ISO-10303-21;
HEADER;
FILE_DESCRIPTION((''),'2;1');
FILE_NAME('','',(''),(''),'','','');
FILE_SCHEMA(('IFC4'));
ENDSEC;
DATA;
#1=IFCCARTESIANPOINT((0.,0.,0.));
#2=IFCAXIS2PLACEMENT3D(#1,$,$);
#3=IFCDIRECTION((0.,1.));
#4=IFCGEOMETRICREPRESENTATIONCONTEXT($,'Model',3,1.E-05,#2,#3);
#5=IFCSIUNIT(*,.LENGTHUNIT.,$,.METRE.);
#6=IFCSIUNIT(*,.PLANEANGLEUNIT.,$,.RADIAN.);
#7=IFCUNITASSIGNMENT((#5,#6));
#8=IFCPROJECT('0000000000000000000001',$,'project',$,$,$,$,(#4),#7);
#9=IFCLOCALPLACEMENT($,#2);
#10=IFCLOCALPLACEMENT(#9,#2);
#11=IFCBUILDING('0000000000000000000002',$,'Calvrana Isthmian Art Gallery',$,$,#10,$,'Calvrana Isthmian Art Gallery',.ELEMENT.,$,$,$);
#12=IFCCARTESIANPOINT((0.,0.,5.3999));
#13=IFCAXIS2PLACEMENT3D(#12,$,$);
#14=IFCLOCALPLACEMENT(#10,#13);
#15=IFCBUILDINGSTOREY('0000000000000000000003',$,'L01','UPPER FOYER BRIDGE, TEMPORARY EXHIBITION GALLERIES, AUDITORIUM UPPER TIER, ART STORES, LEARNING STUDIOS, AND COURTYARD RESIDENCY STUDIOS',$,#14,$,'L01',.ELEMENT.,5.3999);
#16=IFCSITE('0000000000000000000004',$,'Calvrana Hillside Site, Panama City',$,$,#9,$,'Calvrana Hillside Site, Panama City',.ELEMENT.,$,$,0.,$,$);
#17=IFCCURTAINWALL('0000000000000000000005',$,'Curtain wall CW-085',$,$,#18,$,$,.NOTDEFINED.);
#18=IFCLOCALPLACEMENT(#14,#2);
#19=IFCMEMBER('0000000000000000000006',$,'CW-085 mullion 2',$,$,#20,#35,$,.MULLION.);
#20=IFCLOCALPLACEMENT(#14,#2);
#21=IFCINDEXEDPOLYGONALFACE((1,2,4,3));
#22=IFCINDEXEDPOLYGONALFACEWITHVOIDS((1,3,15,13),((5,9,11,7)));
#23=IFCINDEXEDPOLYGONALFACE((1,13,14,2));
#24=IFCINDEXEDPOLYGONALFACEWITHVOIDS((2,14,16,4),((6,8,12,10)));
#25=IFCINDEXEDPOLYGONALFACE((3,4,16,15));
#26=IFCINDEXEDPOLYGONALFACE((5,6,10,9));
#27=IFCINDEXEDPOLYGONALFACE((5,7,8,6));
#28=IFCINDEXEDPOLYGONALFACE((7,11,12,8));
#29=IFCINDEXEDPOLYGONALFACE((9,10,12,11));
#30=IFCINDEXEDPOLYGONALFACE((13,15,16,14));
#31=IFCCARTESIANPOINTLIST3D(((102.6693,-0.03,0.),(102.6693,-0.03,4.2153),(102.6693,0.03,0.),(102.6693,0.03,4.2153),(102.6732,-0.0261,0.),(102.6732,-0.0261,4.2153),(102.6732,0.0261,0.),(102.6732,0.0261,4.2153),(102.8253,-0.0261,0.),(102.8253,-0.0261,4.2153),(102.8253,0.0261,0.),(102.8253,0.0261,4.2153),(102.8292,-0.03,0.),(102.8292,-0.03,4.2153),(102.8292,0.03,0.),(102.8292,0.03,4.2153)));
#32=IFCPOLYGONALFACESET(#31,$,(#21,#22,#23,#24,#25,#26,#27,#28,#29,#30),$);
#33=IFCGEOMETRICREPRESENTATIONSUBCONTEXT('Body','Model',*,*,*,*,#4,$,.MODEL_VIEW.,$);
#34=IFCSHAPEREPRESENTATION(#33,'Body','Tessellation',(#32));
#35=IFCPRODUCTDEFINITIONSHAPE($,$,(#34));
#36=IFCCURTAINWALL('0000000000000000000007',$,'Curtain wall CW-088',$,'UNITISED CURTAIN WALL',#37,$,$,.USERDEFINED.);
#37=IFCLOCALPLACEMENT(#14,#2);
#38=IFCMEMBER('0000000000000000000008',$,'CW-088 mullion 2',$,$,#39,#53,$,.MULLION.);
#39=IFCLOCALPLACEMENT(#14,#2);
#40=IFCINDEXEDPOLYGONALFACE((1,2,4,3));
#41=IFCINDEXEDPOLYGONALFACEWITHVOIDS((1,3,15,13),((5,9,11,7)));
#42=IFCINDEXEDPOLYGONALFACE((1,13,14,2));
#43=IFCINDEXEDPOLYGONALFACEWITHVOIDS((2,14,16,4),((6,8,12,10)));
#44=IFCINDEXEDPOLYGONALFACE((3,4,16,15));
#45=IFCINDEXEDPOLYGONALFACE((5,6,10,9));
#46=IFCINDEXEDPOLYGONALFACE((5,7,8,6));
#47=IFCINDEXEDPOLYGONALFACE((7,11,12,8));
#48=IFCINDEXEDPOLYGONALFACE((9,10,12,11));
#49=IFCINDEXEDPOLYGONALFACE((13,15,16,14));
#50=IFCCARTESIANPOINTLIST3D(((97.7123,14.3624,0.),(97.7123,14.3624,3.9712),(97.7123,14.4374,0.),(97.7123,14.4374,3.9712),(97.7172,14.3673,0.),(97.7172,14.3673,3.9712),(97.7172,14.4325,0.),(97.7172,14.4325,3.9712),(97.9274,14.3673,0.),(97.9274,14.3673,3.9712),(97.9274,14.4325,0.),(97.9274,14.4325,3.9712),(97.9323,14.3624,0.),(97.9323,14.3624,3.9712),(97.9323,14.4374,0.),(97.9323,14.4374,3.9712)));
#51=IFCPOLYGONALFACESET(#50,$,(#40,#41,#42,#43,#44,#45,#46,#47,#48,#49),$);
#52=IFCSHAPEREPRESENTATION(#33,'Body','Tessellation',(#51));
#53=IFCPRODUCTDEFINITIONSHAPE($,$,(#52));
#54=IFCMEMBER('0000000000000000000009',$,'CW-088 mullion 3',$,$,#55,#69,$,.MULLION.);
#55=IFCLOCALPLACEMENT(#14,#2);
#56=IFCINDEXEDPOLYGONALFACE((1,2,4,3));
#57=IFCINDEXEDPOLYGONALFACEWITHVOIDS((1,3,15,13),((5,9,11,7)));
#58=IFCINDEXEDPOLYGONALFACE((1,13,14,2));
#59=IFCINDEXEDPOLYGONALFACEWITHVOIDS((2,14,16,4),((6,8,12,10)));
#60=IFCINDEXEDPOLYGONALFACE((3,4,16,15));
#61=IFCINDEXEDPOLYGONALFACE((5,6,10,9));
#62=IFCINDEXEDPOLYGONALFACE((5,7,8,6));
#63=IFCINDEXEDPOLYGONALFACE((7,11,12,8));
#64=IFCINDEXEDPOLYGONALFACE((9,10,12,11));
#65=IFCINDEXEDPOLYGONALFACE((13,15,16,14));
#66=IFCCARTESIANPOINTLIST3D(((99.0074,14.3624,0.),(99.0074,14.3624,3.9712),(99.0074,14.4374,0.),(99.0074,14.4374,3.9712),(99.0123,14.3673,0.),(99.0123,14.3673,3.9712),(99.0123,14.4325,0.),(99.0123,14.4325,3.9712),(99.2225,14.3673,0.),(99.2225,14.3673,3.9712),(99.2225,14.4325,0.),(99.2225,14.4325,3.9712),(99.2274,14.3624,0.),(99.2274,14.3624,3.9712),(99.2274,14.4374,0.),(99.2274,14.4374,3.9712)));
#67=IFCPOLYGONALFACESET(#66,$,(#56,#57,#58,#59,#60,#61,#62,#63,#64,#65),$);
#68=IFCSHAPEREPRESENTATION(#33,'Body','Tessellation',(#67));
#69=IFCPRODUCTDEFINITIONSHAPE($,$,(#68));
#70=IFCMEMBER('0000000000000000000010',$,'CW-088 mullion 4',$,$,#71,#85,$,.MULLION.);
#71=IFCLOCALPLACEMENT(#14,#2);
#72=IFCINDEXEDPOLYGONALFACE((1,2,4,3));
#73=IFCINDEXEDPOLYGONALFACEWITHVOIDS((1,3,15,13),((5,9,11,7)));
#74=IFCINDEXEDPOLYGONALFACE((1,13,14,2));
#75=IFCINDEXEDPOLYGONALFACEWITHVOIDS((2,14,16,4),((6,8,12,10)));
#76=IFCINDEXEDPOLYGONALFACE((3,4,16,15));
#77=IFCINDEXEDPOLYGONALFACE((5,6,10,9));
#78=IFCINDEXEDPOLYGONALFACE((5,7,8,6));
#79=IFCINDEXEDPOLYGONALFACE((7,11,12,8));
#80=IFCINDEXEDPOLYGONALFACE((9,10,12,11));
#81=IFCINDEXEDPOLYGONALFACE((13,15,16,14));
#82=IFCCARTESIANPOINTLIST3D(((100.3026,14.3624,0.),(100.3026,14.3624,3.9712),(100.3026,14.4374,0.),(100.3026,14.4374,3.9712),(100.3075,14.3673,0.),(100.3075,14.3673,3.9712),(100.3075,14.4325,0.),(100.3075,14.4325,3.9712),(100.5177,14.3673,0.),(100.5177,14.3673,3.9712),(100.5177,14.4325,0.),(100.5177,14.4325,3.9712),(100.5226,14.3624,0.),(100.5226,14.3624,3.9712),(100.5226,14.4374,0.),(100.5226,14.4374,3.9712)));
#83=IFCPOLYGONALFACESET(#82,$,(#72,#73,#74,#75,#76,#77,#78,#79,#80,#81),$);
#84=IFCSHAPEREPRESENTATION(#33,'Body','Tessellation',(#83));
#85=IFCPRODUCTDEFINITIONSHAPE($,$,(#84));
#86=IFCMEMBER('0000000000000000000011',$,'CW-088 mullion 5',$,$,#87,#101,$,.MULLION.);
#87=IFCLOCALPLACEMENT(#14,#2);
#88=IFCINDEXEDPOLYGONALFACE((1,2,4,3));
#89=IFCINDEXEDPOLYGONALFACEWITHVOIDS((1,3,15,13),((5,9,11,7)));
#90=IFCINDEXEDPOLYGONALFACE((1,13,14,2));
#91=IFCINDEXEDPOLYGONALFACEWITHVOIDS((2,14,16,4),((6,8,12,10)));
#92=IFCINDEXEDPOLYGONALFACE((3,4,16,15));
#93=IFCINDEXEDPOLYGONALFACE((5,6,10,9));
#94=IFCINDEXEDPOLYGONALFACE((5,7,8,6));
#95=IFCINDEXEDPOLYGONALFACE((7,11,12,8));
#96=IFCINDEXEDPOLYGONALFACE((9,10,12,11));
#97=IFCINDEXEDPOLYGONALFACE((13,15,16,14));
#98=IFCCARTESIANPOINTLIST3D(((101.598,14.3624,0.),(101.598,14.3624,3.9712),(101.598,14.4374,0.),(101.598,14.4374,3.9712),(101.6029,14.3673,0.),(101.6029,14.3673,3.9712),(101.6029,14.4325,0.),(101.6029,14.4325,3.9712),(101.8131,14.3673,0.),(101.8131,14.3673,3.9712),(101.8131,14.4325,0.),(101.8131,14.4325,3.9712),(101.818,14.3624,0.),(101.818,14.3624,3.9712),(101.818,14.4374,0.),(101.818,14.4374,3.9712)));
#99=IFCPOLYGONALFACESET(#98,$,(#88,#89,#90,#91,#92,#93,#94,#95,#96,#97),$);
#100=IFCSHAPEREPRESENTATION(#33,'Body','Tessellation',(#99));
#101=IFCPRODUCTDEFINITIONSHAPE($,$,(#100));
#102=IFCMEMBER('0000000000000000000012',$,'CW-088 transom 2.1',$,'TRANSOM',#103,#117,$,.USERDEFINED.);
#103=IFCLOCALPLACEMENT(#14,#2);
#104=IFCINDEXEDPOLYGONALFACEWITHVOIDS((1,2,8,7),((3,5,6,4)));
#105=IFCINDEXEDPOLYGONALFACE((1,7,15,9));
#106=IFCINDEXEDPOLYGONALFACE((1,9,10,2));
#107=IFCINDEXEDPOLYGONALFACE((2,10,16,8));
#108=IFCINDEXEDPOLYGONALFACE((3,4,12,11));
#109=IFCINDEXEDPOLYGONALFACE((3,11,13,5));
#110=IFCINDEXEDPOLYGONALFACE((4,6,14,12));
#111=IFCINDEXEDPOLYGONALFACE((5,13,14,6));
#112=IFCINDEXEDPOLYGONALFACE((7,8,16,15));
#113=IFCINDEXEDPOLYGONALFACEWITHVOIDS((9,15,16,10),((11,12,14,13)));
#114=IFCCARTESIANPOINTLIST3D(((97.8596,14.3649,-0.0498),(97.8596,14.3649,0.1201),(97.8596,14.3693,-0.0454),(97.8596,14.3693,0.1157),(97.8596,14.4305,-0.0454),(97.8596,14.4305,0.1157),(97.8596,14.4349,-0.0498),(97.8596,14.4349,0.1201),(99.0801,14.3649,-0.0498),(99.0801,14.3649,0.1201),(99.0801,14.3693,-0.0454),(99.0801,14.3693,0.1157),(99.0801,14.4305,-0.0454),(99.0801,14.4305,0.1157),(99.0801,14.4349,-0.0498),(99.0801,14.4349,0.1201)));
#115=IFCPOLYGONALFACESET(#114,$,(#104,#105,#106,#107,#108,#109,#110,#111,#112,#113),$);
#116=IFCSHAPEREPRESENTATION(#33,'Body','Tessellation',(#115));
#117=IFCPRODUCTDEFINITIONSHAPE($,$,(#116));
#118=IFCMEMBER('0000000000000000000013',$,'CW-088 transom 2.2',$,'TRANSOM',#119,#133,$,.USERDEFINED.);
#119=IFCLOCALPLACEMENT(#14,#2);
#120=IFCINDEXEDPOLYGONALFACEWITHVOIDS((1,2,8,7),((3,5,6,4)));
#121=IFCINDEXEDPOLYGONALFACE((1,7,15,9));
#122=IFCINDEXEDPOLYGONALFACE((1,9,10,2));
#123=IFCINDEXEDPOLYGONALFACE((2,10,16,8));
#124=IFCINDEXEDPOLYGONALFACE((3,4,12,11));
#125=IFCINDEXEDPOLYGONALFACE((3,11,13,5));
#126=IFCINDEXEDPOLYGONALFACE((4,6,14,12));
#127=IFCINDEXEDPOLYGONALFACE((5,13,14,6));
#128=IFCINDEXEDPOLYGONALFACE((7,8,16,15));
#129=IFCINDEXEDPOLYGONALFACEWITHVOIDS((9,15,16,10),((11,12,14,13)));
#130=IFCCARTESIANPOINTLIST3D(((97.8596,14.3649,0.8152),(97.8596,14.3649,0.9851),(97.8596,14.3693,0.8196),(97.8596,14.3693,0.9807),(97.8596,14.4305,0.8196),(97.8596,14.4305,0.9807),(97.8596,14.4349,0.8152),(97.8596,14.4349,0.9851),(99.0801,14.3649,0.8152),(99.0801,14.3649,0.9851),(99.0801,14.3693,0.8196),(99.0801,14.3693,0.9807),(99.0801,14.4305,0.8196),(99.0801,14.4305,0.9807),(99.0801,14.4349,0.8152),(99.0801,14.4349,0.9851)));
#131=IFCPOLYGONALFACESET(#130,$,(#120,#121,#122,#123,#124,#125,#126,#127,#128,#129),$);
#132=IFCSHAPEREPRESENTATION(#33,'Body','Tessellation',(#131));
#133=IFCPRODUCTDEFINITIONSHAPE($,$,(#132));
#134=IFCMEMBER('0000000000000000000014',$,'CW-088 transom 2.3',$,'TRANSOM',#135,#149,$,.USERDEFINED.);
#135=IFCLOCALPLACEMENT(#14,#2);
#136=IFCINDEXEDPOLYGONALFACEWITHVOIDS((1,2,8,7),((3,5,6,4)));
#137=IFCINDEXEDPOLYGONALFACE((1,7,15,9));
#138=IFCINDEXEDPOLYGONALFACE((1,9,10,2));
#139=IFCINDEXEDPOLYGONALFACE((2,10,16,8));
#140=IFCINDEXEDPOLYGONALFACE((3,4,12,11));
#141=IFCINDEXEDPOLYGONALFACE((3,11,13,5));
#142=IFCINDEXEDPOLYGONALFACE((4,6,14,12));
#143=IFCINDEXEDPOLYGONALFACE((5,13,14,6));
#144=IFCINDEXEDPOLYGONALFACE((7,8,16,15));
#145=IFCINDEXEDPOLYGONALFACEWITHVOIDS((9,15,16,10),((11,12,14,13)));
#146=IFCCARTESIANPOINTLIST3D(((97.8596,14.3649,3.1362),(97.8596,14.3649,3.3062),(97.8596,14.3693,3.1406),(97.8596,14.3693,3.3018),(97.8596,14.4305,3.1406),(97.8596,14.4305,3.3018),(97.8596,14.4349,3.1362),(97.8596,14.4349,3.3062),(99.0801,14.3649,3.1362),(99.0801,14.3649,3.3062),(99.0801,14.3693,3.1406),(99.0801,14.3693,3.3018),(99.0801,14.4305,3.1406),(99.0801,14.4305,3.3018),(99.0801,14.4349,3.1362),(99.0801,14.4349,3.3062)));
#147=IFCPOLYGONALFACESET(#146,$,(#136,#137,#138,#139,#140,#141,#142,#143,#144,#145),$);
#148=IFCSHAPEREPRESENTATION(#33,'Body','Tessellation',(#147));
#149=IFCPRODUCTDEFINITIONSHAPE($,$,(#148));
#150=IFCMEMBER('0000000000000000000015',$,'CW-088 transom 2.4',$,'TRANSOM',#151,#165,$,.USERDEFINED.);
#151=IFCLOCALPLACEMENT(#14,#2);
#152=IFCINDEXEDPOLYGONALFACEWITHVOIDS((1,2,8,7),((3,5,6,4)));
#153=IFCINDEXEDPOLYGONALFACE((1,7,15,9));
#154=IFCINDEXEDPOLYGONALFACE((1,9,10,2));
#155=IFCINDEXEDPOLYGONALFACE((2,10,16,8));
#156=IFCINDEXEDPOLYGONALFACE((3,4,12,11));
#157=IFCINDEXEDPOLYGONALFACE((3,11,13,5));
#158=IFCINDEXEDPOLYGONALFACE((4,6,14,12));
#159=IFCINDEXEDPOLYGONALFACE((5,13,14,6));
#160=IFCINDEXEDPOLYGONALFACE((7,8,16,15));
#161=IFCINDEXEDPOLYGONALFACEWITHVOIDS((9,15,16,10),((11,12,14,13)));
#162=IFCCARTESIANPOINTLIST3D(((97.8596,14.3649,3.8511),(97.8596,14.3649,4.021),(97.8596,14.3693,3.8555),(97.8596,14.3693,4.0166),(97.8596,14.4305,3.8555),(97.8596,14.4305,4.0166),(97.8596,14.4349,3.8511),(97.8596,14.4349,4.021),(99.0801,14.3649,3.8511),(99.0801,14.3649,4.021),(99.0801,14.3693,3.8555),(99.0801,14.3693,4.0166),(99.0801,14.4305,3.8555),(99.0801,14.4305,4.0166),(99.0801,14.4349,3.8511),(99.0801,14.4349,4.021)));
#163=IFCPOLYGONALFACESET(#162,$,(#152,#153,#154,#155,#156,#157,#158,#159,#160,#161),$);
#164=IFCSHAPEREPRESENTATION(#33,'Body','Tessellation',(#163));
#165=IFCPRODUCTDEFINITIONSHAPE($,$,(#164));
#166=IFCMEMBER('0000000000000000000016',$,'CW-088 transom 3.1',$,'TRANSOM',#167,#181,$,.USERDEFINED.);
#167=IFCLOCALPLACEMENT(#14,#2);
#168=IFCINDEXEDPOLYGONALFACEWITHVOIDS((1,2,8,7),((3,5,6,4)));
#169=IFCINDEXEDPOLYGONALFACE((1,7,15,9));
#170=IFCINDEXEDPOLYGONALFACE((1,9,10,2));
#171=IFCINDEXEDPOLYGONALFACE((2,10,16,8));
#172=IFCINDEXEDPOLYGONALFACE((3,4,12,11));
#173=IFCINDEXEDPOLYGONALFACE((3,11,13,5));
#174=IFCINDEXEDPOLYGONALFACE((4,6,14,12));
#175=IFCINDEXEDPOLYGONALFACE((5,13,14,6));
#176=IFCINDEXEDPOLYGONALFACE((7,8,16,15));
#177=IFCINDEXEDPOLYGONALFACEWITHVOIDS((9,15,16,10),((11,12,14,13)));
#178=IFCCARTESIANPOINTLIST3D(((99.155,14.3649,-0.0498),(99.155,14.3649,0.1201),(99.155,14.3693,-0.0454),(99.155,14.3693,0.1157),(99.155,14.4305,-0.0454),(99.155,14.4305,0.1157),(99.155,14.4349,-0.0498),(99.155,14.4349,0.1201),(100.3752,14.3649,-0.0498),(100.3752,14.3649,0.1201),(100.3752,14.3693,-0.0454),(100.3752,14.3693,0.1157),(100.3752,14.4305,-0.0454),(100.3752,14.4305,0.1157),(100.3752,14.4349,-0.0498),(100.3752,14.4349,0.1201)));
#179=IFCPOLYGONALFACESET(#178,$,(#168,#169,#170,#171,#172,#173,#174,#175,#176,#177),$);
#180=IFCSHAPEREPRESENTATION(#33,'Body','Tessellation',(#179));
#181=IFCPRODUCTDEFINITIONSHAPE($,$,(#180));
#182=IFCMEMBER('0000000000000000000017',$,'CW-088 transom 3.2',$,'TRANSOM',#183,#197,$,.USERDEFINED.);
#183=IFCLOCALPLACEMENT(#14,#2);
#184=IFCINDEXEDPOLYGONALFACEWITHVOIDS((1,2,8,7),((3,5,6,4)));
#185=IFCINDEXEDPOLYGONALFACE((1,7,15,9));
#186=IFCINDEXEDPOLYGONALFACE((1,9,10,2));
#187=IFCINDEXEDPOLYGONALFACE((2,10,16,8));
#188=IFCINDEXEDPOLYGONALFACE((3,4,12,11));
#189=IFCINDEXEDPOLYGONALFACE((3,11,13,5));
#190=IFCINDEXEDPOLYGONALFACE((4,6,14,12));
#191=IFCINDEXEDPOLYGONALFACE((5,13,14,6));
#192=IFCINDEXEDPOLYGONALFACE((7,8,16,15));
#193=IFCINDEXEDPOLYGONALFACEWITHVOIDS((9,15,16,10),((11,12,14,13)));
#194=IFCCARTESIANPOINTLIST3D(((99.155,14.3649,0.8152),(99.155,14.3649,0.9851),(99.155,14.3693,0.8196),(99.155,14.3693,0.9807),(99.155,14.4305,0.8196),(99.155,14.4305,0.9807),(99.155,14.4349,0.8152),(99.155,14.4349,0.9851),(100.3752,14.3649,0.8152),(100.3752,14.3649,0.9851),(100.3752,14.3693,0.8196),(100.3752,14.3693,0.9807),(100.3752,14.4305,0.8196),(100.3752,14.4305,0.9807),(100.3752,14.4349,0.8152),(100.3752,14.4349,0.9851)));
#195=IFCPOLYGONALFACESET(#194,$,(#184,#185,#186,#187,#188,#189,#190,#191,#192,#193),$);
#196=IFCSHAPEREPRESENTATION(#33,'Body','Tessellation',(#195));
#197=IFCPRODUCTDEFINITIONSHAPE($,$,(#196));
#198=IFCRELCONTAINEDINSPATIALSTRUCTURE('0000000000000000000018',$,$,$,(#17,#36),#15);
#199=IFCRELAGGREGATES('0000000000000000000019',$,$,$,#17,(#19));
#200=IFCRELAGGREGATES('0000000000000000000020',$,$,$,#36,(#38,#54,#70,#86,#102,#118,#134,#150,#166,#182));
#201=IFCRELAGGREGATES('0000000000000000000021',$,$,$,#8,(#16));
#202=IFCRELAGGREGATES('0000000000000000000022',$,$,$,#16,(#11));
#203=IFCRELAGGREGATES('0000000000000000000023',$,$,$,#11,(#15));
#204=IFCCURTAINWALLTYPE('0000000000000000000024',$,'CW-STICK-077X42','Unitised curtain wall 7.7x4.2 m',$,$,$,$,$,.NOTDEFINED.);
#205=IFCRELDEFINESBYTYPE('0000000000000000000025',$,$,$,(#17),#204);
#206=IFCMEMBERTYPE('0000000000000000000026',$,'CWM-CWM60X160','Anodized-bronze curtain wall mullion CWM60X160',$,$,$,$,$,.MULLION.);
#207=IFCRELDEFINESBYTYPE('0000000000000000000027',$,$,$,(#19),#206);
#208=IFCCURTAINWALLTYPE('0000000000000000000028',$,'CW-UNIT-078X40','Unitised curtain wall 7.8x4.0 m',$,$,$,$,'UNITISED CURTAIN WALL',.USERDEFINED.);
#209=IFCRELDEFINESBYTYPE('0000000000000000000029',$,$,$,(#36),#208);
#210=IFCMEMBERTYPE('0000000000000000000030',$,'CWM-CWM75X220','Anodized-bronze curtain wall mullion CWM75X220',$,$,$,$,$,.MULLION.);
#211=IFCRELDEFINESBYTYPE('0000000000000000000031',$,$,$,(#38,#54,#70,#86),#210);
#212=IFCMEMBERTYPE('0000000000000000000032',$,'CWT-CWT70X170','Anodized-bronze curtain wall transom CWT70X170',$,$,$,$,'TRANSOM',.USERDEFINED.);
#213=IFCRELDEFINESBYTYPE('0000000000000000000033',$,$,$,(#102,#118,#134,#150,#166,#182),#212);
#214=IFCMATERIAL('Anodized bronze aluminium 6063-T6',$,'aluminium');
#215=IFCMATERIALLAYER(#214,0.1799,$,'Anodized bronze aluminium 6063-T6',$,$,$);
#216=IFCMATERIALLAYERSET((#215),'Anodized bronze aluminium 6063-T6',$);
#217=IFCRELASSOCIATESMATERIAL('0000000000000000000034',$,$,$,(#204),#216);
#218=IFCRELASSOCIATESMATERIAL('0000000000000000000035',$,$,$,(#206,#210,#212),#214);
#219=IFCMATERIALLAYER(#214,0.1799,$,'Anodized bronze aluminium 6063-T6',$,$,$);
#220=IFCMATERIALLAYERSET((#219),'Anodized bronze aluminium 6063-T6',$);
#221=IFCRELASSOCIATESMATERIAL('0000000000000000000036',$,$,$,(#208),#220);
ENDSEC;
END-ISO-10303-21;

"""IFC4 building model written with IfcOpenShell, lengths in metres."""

from ifc_helpers import new_model, si_unit, direction, frame, origin, origin_2d, place, context, subcontext, project, spatial, hollow_rectangle, extrude, material, layer, layer_set, material_profile, profile_set, type_object, element, aggregate, save


model = new_model("IFC4")

# Units and contexts
model_context = context("Model", 3, precision=1e-05, world=origin(), true_north=direction((0.0, 1.0)))
body_context = subcontext(model_context, "Body", "Model", "MODEL_VIEW")
ifc_project = project(units=[si_unit("LENGTHUNIT", "METRE"), si_unit("PLANEANGLEUNIT", "RADIAN")], contexts=[model_context])

# Site, building, storey
site_placement = place(None, origin())
site = spatial("IfcSite", under=ifc_project, at=site_placement, Name="Calvrana Hillside Site, Panama City", LongName="Calvrana Hillside Site, Panama City", CompositionType="ELEMENT", RefElevation=0.0)
building_placement = place(site_placement, origin())
building = spatial("IfcBuilding", under=site, at=building_placement, Name="Calvrana Isthmian Art Gallery", LongName="Calvrana Isthmian Art Gallery", CompositionType="ELEMENT")
storey_placement = place(building_placement, frame((0.0, 0.0, 5.3999)))
storey = spatial("IfcBuildingStorey", under=building, at=storey_placement, Name="L01", Description="UPPER FOYER BRIDGE, TEMPORARY EXHIBITION GALLERIES, AUDITORIUM UPPER TIER, ART STORES, LEARNING STUDIOS, AND COURTYARD RESIDENCY STUDIOS", LongName="L01", CompositionType="ELEMENT", Elevation=5.3999)

# Curtain wall, member
ifc_material_1 = material(Name="Anodized bronze aluminium 6063-T6", Category="aluminium")
ifc_layer_1 = layer(ifc_material_1, 0.1799, Name="Anodized bronze aluminium 6063-T6")
ifc_layer_set_1 = layer_set([ifc_layer_1], Name="Anodized bronze aluminium 6063-T6")
curtain_wall_type_1 = type_object("IfcCurtainWallType", Name="CW-STICK-077X42", Description="Unitised curtain wall 7.7x4.2 m", PredefinedType="NOTDEFINED", material=ifc_layer_set_1)
curtain_wall_1_placement = place(storey_placement, origin())
curtain_wall_1 = element("IfcCurtainWall", 1, at=curtain_wall_1_placement, inside=storey, type_object=curtain_wall_type_1, Name="Curtain wall CW-085", PredefinedType="NOTDEFINED")
ifc_material_profile_1 = material_profile(ifc_material_1, hollow_rectangle(XDim=0.0601, YDim=0.1599, WallThickness=0.0039, at=origin_2d()), Name="CWM60X160")
ifc_profile_set_1 = profile_set([ifc_material_profile_1], Name="Anodized bronze aluminium 6063-T6")
member_type_1 = type_object("IfcMemberType", Name="CWM-CWM60X160", Description="Anodized-bronze curtain wall mullion CWM60X160", PredefinedType="MULLION", material=ifc_profile_set_1)
member_1_placement = place(storey_placement, frame((102.7493, 0.0, 0.0), z_axis=(0.0, 0.0, 1.0), x_axis=(0.0, -1.0, 0.0)))
member_1 = element("IfcMember", 2, at=member_1_placement, type_object=member_type_1, Name="CW-085 mullion 2", PredefinedType="MULLION", context=body_context, shape_type="SweptSolid", body=[
    extrude(hollow_rectangle(XDim=0.0601, YDim=0.1599, WallThickness=0.0039, at=origin_2d()), origin(), (0.0, 0.0, 1.0), 4.2153),
])

# Curtain wall, members
ifc_layer_2 = layer(ifc_material_1, 0.1799, Name="Anodized bronze aluminium 6063-T6")
ifc_layer_set_2 = layer_set([ifc_layer_2], Name="Anodized bronze aluminium 6063-T6")
curtain_wall_type_2 = type_object("IfcCurtainWallType", Name="CW-UNIT-078X40", Description="Unitised curtain wall 7.8x4.0 m", ElementType="UNITISED CURTAIN WALL", PredefinedType="USERDEFINED", material=ifc_layer_set_2)
curtain_wall_2_placement = place(storey_placement, origin())
curtain_wall_2 = element("IfcCurtainWall", 3, at=curtain_wall_2_placement, inside=storey, type_object=curtain_wall_type_2, Name="Curtain wall CW-088", ObjectType="UNITISED CURTAIN WALL", PredefinedType="USERDEFINED")
ifc_material_profile_2 = material_profile(ifc_material_1, hollow_rectangle(XDim=0.075, YDim=0.22, WallThickness=0.0049, at=origin_2d()), Name="CWM75X220")
ifc_profile_set_2 = profile_set([ifc_material_profile_2], Name="Anodized bronze aluminium 6063-T6")
member_type_2 = type_object("IfcMemberType", Name="CWM-CWM75X220", Description="Anodized-bronze curtain wall mullion CWM75X220", PredefinedType="MULLION", material=ifc_profile_set_2)
member_2_placement = place(storey_placement, frame((97.8223, 14.3999, 0.0), z_axis=(0.0, 0.0, 1.0), x_axis=(0.0, 1.0, 0.0)))
member_2 = element("IfcMember", 4, at=member_2_placement, type_object=member_type_2, Name="CW-088 mullion 2", PredefinedType="MULLION", context=body_context, shape_type="SweptSolid", body=[
    extrude(hollow_rectangle(XDim=0.075, YDim=0.22, WallThickness=0.0049, at=origin_2d()), origin(), (0.0, 0.0, 1.0), 3.9712),
])
member_3_placement = place(storey_placement, frame((99.1174, 14.3999, 0.0), z_axis=(0.0, 0.0, 1.0), x_axis=(0.0, 1.0, 0.0)))
member_3 = element("IfcMember", 5, at=member_3_placement, type_object=member_type_2, Name="CW-088 mullion 3", PredefinedType="MULLION", context=body_context, shape_type="SweptSolid", body=[
    extrude(hollow_rectangle(XDim=0.075, YDim=0.22, WallThickness=0.0049, at=origin_2d()), origin(), (0.0, 0.0, 1.0), 3.9712),
])
member_4_placement = place(storey_placement, frame((100.4126, 14.3999, 0.0), z_axis=(0.0, 0.0, 1.0), x_axis=(0.0, 1.0, 0.0)))
member_4 = element("IfcMember", 6, at=member_4_placement, type_object=member_type_2, Name="CW-088 mullion 4", PredefinedType="MULLION", context=body_context, shape_type="SweptSolid", body=[
    extrude(hollow_rectangle(XDim=0.075, YDim=0.22, WallThickness=0.0049, at=origin_2d()), origin(), (0.0, 0.0, 1.0), 3.9712),
])
member_5_placement = place(storey_placement, frame((101.708, 14.3999, 0.0), z_axis=(0.0, 0.0, 1.0), x_axis=(0.0, 1.0, 0.0)))
member_5 = element("IfcMember", 7, at=member_5_placement, type_object=member_type_2, Name="CW-088 mullion 5", PredefinedType="MULLION", context=body_context, shape_type="SweptSolid", body=[
    extrude(hollow_rectangle(XDim=0.075, YDim=0.22, WallThickness=0.0049, at=origin_2d()), origin(), (0.0, 0.0, 1.0), 3.9712),
])
ifc_material_profile_3 = material_profile(ifc_material_1, hollow_rectangle(XDim=0.0701, YDim=0.1699, WallThickness=0.0044, at=origin_2d()), Name="CWT70X170")
ifc_profile_set_3 = profile_set([ifc_material_profile_3], Name="Anodized bronze aluminium 6063-T6")
member_type_3 = type_object("IfcMemberType", Name="CWT-CWT70X170", Description="Anodized-bronze curtain wall transom CWT70X170", ElementType="TRANSOM", PredefinedType="USERDEFINED", material=ifc_profile_set_3)
member_6_placement = place(storey_placement, frame((97.8596, 14.3999, 0.0352), z_axis=(1.0, 0.0, 0.0), x_axis=(0.0, 1.0, 0.0)))
member_6 = element("IfcMember", 8, at=member_6_placement, type_object=member_type_3, Name="CW-088 transom 2.1", ObjectType="TRANSOM", PredefinedType="USERDEFINED", context=body_context, shape_type="SweptSolid", body=[
    extrude(hollow_rectangle(XDim=0.0701, YDim=0.1699, WallThickness=0.0044, at=origin_2d()), origin(), (0.0, 0.0, 1.0), 1.2205),
])
member_7_placement = place(storey_placement, frame((97.8596, 14.3999, 0.9001), z_axis=(1.0, 0.0, 0.0), x_axis=(0.0, 1.0, 0.0)))
member_7 = element("IfcMember", 9, at=member_7_placement, type_object=member_type_3, Name="CW-088 transom 2.2", ObjectType="TRANSOM", PredefinedType="USERDEFINED", context=body_context, shape_type="SweptSolid", body=[
    extrude(hollow_rectangle(XDim=0.0701, YDim=0.1699, WallThickness=0.0044, at=origin_2d()), origin(), (0.0, 0.0, 1.0), 1.2205),
])
member_8_placement = place(storey_placement, frame((97.8596, 14.3999, 3.2212), z_axis=(1.0, 0.0, 0.0), x_axis=(0.0, 1.0, 0.0)))
member_8 = element("IfcMember", 10, at=member_8_placement, type_object=member_type_3, Name="CW-088 transom 2.3", ObjectType="TRANSOM", PredefinedType="USERDEFINED", context=body_context, shape_type="SweptSolid", body=[
    extrude(hollow_rectangle(XDim=0.0701, YDim=0.1699, WallThickness=0.0044, at=origin_2d()), origin(), (0.0, 0.0, 1.0), 1.2205),
])
member_9_placement = place(storey_placement, frame((97.8596, 14.3999, 3.936), z_axis=(1.0, 0.0, 0.0), x_axis=(0.0, 1.0, 0.0)))
member_9 = element("IfcMember", 11, at=member_9_placement, type_object=member_type_3, Name="CW-088 transom 2.4", ObjectType="TRANSOM", PredefinedType="USERDEFINED", context=body_context, shape_type="SweptSolid", body=[
    extrude(hollow_rectangle(XDim=0.0701, YDim=0.1699, WallThickness=0.0044, at=origin_2d()), origin(), (0.0, 0.0, 1.0), 1.2205),
])
member_10_placement = place(storey_placement, frame((99.155, 14.3999, 0.0352), z_axis=(1.0, 0.0, 0.0), x_axis=(0.0, 1.0, 0.0)))
member_10 = element("IfcMember", 12, at=member_10_placement, type_object=member_type_3, Name="CW-088 transom 3.1", ObjectType="TRANSOM", PredefinedType="USERDEFINED", context=body_context, shape_type="SweptSolid", body=[
    extrude(hollow_rectangle(XDim=0.0701, YDim=0.1699, WallThickness=0.0044, at=origin_2d()), origin(), (0.0, 0.0, 1.0), 1.2202),
])
member_11_placement = place(storey_placement, frame((99.155, 14.3999, 0.9001), z_axis=(1.0, 0.0, 0.0), x_axis=(0.0, 1.0, 0.0)))
member_11 = element("IfcMember", 13, at=member_11_placement, type_object=member_type_3, Name="CW-088 transom 3.2", ObjectType="TRANSOM", PredefinedType="USERDEFINED", context=body_context, shape_type="SweptSolid", body=[
    extrude(hollow_rectangle(XDim=0.0701, YDim=0.1699, WallThickness=0.0044, at=origin_2d()), origin(), (0.0, 0.0, 1.0), 1.2202),
])

aggregate(curtain_wall_1, [member_1])
aggregate(curtain_wall_2, [member_2, member_3, member_4, member_5, member_6, member_7, member_8, member_9, member_10, member_11])

save(model, "model.ifc")
